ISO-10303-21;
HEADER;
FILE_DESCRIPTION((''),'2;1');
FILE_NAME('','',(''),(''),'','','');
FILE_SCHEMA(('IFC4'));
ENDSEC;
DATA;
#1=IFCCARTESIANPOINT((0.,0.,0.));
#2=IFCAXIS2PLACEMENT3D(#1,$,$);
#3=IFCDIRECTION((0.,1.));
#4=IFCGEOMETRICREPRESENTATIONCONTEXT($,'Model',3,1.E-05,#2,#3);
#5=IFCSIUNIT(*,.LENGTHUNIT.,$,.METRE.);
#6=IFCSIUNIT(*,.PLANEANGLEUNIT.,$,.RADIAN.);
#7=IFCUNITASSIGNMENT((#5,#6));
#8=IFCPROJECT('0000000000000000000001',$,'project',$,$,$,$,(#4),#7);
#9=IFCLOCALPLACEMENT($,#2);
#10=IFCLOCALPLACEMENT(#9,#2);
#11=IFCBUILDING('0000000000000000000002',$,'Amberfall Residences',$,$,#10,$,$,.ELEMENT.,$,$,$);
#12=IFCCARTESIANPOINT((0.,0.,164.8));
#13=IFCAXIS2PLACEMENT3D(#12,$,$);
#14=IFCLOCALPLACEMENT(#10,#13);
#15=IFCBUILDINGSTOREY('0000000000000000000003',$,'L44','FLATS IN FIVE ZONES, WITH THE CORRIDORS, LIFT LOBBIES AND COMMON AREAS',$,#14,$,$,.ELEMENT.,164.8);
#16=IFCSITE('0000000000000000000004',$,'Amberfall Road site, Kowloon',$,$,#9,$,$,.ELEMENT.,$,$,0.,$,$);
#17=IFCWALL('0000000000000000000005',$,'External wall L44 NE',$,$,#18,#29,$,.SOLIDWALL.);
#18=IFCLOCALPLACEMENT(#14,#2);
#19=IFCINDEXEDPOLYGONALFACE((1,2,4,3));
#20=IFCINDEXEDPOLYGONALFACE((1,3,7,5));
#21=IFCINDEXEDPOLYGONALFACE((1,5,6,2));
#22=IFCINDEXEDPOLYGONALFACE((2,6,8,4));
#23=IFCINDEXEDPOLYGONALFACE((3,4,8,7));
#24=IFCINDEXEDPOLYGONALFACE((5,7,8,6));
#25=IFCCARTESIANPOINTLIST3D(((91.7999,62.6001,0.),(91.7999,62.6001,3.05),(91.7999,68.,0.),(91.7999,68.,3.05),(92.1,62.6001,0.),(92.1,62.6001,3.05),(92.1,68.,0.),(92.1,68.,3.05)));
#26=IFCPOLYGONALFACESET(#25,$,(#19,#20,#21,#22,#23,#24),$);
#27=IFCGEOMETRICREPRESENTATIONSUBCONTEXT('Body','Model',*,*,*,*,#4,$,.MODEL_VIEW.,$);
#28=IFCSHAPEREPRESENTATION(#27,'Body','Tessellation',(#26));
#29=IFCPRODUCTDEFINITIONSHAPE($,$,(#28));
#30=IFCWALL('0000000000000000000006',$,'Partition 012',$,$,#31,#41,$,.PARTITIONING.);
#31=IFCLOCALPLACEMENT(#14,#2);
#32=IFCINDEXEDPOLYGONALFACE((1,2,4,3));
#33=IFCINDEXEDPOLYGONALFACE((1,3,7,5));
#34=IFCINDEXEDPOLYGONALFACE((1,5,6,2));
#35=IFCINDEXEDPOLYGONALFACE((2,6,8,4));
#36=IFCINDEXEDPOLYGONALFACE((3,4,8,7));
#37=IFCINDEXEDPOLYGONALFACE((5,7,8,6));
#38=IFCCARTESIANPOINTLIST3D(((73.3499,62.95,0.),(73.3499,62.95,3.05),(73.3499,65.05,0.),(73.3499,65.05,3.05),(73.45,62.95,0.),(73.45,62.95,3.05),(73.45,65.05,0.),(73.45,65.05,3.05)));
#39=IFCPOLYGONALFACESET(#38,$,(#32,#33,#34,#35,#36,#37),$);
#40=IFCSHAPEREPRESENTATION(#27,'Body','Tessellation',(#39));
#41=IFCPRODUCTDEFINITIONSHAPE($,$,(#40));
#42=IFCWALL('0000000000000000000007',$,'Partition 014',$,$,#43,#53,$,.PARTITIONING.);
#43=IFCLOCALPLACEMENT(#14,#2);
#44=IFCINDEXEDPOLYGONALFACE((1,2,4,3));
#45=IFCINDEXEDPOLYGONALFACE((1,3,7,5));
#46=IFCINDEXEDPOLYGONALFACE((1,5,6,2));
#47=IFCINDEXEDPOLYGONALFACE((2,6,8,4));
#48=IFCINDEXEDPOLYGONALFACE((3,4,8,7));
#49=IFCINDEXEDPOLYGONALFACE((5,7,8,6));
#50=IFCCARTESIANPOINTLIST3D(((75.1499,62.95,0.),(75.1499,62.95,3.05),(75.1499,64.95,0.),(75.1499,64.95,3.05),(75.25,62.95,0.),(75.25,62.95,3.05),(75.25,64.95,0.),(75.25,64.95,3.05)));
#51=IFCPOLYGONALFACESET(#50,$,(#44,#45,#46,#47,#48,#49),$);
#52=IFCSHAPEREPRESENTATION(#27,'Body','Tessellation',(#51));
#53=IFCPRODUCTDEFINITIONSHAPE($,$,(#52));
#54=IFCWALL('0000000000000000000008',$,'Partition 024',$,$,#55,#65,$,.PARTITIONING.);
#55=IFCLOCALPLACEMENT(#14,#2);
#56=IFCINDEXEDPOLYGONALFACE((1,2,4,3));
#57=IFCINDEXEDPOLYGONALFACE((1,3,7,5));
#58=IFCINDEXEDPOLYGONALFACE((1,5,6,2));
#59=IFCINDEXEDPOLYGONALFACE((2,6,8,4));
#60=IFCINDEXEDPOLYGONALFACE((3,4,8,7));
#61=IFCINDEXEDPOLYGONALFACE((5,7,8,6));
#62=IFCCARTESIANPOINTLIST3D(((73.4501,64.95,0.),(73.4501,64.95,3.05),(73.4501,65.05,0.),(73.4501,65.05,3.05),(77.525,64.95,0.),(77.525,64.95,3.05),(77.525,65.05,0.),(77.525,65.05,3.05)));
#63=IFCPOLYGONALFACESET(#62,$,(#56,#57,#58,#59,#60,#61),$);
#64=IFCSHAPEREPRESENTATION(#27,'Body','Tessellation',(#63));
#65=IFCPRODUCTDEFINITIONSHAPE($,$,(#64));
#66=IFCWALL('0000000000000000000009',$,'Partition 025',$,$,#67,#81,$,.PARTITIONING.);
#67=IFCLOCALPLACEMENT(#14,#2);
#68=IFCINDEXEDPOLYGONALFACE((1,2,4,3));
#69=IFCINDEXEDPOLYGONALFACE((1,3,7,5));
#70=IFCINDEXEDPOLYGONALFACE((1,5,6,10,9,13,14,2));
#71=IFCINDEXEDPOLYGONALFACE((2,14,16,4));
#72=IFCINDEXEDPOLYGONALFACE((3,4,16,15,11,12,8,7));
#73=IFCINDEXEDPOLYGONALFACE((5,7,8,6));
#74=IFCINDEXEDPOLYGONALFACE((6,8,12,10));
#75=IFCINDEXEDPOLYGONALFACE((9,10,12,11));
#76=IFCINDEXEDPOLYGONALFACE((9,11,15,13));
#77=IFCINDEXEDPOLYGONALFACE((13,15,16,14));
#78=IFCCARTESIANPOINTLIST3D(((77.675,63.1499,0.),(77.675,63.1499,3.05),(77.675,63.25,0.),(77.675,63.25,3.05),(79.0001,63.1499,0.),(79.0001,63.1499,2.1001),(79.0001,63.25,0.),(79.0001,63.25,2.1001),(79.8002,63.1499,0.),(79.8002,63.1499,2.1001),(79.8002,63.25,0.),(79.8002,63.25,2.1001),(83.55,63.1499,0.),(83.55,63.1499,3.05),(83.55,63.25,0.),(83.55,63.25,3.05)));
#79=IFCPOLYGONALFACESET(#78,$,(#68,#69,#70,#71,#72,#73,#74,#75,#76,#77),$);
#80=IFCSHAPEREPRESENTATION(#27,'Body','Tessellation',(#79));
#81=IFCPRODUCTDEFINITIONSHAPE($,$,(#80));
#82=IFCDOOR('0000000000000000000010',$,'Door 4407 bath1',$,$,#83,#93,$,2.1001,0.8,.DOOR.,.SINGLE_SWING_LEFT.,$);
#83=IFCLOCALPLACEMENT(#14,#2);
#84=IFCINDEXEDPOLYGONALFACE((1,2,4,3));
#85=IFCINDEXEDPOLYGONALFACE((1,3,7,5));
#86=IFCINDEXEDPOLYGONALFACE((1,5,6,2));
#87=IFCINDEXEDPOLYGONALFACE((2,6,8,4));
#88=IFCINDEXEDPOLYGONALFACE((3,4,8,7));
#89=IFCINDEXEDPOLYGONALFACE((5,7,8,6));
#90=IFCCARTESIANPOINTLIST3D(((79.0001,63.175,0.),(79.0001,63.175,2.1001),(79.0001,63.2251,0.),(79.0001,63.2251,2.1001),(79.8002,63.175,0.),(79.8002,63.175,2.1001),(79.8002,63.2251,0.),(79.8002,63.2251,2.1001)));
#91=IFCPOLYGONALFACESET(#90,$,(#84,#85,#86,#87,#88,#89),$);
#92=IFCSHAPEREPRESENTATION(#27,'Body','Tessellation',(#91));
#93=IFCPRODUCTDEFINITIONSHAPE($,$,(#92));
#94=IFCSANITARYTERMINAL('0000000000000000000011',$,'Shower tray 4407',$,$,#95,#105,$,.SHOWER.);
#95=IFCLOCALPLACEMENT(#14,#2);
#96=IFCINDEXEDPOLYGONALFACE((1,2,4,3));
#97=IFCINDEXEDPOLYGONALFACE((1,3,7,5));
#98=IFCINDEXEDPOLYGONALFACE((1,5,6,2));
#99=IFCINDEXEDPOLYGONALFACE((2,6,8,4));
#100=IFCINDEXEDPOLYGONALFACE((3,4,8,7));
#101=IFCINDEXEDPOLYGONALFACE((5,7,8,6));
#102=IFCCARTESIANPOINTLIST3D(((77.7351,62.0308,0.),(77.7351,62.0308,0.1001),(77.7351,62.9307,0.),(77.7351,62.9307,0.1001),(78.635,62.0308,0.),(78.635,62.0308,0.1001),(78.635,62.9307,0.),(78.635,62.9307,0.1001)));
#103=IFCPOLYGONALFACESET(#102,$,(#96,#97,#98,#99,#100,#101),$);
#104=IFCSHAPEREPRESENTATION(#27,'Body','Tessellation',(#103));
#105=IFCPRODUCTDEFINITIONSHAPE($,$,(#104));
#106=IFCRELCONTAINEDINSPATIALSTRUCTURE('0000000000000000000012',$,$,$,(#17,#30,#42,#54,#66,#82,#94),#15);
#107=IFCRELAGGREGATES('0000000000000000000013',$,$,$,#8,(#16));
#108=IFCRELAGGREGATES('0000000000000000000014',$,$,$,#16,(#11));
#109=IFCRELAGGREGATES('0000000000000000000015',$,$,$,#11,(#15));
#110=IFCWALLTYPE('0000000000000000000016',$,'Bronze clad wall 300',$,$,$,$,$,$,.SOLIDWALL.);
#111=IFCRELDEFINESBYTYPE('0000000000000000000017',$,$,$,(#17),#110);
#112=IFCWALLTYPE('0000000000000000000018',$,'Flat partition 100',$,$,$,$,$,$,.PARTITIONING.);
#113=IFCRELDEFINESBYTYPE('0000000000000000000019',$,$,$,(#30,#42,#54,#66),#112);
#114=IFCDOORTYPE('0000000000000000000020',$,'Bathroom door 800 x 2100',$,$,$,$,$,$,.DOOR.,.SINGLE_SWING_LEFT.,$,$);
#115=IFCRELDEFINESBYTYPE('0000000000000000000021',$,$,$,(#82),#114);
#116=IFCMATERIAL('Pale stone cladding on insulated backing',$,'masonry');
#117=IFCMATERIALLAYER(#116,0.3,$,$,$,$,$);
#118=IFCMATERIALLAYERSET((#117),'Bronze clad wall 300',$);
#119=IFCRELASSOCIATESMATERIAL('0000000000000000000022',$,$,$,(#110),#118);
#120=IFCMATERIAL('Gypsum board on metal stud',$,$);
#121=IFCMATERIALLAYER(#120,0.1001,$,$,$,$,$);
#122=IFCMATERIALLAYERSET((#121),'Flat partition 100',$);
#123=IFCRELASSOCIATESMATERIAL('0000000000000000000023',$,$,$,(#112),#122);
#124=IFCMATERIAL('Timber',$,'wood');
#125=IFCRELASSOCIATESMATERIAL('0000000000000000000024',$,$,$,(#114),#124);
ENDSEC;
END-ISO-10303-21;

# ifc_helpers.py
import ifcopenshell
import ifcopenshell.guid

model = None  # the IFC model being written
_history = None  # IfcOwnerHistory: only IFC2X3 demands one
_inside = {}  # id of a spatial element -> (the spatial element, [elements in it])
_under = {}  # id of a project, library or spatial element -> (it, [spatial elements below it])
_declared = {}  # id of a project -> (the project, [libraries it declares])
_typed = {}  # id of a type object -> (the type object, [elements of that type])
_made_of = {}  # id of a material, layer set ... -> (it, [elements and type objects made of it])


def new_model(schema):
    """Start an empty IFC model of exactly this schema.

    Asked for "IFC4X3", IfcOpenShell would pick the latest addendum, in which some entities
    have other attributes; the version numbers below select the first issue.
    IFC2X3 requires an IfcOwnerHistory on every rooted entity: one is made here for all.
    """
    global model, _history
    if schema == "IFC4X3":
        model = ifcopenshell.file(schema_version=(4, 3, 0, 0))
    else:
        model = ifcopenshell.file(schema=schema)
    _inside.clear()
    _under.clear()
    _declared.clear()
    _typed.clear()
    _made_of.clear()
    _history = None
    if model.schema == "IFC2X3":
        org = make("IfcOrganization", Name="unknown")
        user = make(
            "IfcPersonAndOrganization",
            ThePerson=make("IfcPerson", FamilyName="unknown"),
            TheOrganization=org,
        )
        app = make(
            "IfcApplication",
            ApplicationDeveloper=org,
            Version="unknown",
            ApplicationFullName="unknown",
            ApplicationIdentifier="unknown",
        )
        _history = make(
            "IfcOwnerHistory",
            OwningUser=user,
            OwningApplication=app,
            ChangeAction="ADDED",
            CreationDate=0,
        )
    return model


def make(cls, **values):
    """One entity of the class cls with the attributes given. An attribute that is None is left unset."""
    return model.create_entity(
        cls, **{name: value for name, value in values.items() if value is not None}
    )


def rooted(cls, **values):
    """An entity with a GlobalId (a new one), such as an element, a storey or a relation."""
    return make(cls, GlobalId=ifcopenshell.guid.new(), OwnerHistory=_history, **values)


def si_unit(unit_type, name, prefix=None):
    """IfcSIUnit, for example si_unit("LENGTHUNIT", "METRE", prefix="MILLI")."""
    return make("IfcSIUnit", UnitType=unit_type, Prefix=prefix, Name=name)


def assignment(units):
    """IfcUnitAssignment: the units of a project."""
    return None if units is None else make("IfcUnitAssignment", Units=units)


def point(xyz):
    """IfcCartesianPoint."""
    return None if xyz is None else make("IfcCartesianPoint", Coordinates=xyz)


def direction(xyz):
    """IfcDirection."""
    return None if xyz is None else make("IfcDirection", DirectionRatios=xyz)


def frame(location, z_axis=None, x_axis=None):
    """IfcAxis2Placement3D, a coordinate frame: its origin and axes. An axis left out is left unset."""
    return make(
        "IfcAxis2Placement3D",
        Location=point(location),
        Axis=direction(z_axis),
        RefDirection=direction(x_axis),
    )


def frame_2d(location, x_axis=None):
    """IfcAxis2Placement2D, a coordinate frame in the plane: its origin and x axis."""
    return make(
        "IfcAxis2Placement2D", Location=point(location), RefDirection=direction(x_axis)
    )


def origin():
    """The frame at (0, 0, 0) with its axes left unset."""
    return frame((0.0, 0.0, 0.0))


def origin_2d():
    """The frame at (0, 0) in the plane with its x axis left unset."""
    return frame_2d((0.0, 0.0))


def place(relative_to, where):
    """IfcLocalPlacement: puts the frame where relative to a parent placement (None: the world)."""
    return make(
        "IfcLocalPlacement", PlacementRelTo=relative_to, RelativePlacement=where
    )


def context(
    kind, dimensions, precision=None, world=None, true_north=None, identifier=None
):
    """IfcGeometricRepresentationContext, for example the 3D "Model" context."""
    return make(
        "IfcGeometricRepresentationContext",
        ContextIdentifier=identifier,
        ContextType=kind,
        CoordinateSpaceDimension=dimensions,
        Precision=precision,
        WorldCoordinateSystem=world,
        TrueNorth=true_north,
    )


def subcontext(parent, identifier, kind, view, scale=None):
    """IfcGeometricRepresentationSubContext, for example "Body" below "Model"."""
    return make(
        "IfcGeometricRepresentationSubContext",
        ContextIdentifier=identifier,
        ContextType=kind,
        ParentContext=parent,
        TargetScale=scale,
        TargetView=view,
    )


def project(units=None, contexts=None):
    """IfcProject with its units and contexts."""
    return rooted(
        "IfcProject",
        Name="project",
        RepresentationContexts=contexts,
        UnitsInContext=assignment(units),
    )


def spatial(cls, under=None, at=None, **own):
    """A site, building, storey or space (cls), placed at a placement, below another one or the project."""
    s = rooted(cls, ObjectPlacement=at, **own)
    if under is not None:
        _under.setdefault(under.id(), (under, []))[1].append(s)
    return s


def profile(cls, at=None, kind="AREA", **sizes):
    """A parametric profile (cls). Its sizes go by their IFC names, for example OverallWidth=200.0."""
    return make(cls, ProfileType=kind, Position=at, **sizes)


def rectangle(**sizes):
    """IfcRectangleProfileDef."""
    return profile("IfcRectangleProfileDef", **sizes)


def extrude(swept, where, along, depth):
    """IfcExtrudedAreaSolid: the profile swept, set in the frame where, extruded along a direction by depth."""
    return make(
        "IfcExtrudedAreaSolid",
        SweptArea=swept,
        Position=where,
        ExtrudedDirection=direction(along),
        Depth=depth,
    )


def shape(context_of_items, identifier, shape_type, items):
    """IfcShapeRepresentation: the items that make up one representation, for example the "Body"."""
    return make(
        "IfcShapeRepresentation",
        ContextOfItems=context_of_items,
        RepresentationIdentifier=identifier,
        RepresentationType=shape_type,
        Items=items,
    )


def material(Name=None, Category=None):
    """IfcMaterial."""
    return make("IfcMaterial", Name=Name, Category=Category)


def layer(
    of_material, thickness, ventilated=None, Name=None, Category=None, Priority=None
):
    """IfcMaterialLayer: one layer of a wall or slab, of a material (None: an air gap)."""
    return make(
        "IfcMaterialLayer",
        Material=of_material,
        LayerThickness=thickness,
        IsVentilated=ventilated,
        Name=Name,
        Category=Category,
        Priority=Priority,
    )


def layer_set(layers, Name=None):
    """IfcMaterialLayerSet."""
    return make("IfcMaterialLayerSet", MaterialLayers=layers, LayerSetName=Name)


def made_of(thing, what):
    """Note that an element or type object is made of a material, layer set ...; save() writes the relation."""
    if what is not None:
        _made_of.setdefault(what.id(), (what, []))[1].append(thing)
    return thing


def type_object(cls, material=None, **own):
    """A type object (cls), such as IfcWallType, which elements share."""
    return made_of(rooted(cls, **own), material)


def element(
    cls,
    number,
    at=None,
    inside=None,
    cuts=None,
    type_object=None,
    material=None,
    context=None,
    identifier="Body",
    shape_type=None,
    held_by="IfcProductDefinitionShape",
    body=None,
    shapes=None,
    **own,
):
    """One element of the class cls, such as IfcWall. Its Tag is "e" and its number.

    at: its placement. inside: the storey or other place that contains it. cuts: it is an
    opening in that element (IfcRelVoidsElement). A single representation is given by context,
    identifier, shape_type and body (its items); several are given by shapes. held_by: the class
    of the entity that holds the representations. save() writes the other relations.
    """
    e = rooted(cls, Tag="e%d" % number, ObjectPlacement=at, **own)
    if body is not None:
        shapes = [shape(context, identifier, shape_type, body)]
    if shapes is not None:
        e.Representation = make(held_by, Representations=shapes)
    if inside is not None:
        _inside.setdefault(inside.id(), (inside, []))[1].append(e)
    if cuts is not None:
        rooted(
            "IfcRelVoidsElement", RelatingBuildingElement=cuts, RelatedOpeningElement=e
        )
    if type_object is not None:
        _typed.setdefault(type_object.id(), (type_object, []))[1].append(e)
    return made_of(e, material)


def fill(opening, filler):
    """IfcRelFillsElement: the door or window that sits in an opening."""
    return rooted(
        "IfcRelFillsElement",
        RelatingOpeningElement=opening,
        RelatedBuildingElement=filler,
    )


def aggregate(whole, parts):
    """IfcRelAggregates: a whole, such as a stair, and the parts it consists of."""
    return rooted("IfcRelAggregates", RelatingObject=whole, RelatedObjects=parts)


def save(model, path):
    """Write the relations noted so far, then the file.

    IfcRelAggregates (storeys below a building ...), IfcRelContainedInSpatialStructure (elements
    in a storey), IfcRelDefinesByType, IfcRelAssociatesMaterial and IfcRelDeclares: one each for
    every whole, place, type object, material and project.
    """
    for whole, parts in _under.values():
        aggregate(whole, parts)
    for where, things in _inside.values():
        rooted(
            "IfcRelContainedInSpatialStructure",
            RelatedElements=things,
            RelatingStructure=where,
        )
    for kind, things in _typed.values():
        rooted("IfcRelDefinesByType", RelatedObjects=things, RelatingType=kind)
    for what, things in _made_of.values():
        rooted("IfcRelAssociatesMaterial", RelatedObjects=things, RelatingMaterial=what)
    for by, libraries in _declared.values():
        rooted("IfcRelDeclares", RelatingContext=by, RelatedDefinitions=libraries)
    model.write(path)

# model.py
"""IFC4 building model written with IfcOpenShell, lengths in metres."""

from ifc_helpers import new_model, si_unit, direction, frame, frame_2d, origin, origin_2d, place, context, subcontext, project, spatial, rectangle, extrude, material, layer, layer_set, type_object, element, fill, save


model = new_model("IFC4")

# Units and contexts
model_context = context("Model", 3, precision=1e-05, world=origin(), true_north=direction((0.0, 1.0)))
body_context = subcontext(model_context, "Body", "Model", "MODEL_VIEW")
ifc_project = project(units=[si_unit("LENGTHUNIT", "METRE"), si_unit("PLANEANGLEUNIT", "RADIAN")], contexts=[model_context])

# Site, building, storey
site_placement = place(None, origin())
site = spatial("IfcSite", under=ifc_project, at=site_placement, Name="Amberfall Road site, Kowloon", CompositionType="ELEMENT", RefElevation=0.0)
building_placement = place(site_placement, origin())
building = spatial("IfcBuilding", under=site, at=building_placement, Name="Amberfall Residences", CompositionType="ELEMENT")
storey_placement = place(building_placement, frame((0.0, 0.0, 164.8)))
storey = spatial("IfcBuildingStorey", under=building, at=storey_placement, Name="L44", Description="FLATS IN FIVE ZONES, WITH THE CORRIDORS, LIFT LOBBIES AND COMMON AREAS", CompositionType="ELEMENT", Elevation=164.8)

# Walls
ifc_material_1 = material(Name="Pale stone cladding on insulated backing", Category="masonry")
ifc_layer_1 = layer(ifc_material_1, 0.3)
ifc_layer_set_1 = layer_set([ifc_layer_1], Name="Bronze clad wall 300")
wall_type_1 = type_object("IfcWallType", Name="Bronze clad wall 300", PredefinedType="SOLIDWALL", material=ifc_layer_set_1)
wall_1_placement = place(storey_placement, frame((91.95, 62.6001, 0.0), z_axis=(0.0, 0.0, 1.0), x_axis=(0.0, 1.0, 0.0)))
element("IfcWall", 1, at=wall_1_placement, inside=storey, type_object=wall_type_1, Name="External wall L44 NE", PredefinedType="SOLIDWALL", context=body_context, shape_type="SweptSolid", body=[
    extrude(rectangle(XDim=5.3999, YDim=0.3, at=frame_2d((2.7, 0.0))), origin(), (0.0, 0.0, 1.0), 3.05),
])
ifc_material_2 = material(Name="Gypsum board on metal stud")
ifc_layer_2 = layer(ifc_material_2, 0.1001)
ifc_layer_set_2 = layer_set([ifc_layer_2], Name="Flat partition 100")
wall_type_2 = type_object("IfcWallType", Name="Flat partition 100", PredefinedType="PARTITIONING", material=ifc_layer_set_2)
wall_2_placement = place(storey_placement, frame((73.3999, 62.95, 0.0), z_axis=(0.0, 0.0, 1.0), x_axis=(0.0, 1.0, 0.0)))
element("IfcWall", 2, at=wall_2_placement, inside=storey, type_object=wall_type_2, Name="Partition 012", PredefinedType="PARTITIONING", context=body_context, shape_type="SweptSolid", body=[
    extrude(rectangle(XDim=2.1001, YDim=0.1001, at=frame_2d((1.05, 0.0))), origin(), (0.0, 0.0, 1.0), 3.05),
])
wall_3_placement = place(storey_placement, frame((75.2, 62.95, 0.0), z_axis=(0.0, 0.0, 1.0), x_axis=(0.0, 1.0, 0.0)))
element("IfcWall", 3, at=wall_3_placement, inside=storey, type_object=wall_type_2, Name="Partition 014", PredefinedType="PARTITIONING", context=body_context, shape_type="SweptSolid", body=[
    extrude(rectangle(XDim=2.0, YDim=0.1001, at=frame_2d((1.0, 0.0))), origin(), (0.0, 0.0, 1.0), 3.05),
])
wall_4_placement = place(storey_placement, frame((73.45, 65.0, 0.0), z_axis=(0.0, 0.0, 1.0), x_axis=(1.0, 0.0, 0.0)))
element("IfcWall", 4, at=wall_4_placement, inside=storey, type_object=wall_type_2, Name="Partition 024", PredefinedType="PARTITIONING", context=body_context, shape_type="SweptSolid", body=[
    extrude(rectangle(XDim=4.075, YDim=0.1001, at=frame_2d((2.0376, 0.0))), origin(), (0.0, 0.0, 1.0), 3.05),
])

# Wall, opening, door
wall_5_placement = place(storey_placement, frame((83.55, 63.2, 0.0), z_axis=(0.0, 0.0, 1.0), x_axis=(-1.0, 0.0, 0.0)))
wall_5 = element("IfcWall", 5, at=wall_5_placement, inside=storey, type_object=wall_type_2, Name="Partition 025", PredefinedType="PARTITIONING", context=body_context, shape_type="SweptSolid", body=[
    extrude(rectangle(XDim=5.875, YDim=0.1001, at=frame_2d((2.9375, 0.0))), origin(), (0.0, 0.0, 1.0), 3.05),
])
opening_placement = place(wall_5_placement, frame((3.75, 0.0, 0.0)))
opening = element("IfcOpeningElement", 6, at=opening_placement, cuts=wall_5, PredefinedType="OPENING", context=body_context, shape_type="SweptSolid", body=[
    extrude(rectangle(XDim=0.8, YDim=2.1001, at=frame_2d((0.3999, 1.05))), frame((0.0, 0.0601, 0.0), z_axis=(0.0, -1.0, 0.0), x_axis=(1.0, 0.0, 0.0)), (0.0, 0.0, 1.0), 0.1201),
])
ifc_material_3 = material(Name="Timber", Category="wood")
door_type = type_object("IfcDoorType", Name="Bathroom door 800 x 2100", OperationType="SINGLE_SWING_LEFT", PredefinedType="DOOR", material=ifc_material_3)
door_placement = place(opening_placement, origin())
door = element("IfcDoor", 7, at=door_placement, inside=storey, type_object=door_type, Name="Door 4407 bath1", OperationType="SINGLE_SWING_LEFT", OverallHeight=2.1001, OverallWidth=0.8, PredefinedType="DOOR", context=body_context, shape_type="SweptSolid", body=[
    extrude(rectangle(XDim=0.8, YDim=2.1001, at=frame_2d((0.3999, 1.05))), frame((0.0, 0.0249, 0.0), z_axis=(0.0, -1.0, 0.0), x_axis=(1.0, 0.0, 0.0)), (0.0, 0.0, 1.0), 0.05),
])
fill(opening, door)

# Sanitary terminal
sanitary_terminal_placement = place(storey_placement, frame((78.1851, 62.4807, 0.0), z_axis=(0.0, 0.0, 1.0), x_axis=(1.0, 0.0, 0.0)))
element("IfcSanitaryTerminal", 8, at=sanitary_terminal_placement, inside=storey, Name="Shower tray 4407", PredefinedType="SHOWER", context=body_context, shape_type="SweptSolid", body=[
    extrude(rectangle(XDim=0.8999, YDim=0.8999, at=origin_2d()), origin(), (0.0, 0.0, 1.0), 0.1001),
])

save(model, "model.ifc")
